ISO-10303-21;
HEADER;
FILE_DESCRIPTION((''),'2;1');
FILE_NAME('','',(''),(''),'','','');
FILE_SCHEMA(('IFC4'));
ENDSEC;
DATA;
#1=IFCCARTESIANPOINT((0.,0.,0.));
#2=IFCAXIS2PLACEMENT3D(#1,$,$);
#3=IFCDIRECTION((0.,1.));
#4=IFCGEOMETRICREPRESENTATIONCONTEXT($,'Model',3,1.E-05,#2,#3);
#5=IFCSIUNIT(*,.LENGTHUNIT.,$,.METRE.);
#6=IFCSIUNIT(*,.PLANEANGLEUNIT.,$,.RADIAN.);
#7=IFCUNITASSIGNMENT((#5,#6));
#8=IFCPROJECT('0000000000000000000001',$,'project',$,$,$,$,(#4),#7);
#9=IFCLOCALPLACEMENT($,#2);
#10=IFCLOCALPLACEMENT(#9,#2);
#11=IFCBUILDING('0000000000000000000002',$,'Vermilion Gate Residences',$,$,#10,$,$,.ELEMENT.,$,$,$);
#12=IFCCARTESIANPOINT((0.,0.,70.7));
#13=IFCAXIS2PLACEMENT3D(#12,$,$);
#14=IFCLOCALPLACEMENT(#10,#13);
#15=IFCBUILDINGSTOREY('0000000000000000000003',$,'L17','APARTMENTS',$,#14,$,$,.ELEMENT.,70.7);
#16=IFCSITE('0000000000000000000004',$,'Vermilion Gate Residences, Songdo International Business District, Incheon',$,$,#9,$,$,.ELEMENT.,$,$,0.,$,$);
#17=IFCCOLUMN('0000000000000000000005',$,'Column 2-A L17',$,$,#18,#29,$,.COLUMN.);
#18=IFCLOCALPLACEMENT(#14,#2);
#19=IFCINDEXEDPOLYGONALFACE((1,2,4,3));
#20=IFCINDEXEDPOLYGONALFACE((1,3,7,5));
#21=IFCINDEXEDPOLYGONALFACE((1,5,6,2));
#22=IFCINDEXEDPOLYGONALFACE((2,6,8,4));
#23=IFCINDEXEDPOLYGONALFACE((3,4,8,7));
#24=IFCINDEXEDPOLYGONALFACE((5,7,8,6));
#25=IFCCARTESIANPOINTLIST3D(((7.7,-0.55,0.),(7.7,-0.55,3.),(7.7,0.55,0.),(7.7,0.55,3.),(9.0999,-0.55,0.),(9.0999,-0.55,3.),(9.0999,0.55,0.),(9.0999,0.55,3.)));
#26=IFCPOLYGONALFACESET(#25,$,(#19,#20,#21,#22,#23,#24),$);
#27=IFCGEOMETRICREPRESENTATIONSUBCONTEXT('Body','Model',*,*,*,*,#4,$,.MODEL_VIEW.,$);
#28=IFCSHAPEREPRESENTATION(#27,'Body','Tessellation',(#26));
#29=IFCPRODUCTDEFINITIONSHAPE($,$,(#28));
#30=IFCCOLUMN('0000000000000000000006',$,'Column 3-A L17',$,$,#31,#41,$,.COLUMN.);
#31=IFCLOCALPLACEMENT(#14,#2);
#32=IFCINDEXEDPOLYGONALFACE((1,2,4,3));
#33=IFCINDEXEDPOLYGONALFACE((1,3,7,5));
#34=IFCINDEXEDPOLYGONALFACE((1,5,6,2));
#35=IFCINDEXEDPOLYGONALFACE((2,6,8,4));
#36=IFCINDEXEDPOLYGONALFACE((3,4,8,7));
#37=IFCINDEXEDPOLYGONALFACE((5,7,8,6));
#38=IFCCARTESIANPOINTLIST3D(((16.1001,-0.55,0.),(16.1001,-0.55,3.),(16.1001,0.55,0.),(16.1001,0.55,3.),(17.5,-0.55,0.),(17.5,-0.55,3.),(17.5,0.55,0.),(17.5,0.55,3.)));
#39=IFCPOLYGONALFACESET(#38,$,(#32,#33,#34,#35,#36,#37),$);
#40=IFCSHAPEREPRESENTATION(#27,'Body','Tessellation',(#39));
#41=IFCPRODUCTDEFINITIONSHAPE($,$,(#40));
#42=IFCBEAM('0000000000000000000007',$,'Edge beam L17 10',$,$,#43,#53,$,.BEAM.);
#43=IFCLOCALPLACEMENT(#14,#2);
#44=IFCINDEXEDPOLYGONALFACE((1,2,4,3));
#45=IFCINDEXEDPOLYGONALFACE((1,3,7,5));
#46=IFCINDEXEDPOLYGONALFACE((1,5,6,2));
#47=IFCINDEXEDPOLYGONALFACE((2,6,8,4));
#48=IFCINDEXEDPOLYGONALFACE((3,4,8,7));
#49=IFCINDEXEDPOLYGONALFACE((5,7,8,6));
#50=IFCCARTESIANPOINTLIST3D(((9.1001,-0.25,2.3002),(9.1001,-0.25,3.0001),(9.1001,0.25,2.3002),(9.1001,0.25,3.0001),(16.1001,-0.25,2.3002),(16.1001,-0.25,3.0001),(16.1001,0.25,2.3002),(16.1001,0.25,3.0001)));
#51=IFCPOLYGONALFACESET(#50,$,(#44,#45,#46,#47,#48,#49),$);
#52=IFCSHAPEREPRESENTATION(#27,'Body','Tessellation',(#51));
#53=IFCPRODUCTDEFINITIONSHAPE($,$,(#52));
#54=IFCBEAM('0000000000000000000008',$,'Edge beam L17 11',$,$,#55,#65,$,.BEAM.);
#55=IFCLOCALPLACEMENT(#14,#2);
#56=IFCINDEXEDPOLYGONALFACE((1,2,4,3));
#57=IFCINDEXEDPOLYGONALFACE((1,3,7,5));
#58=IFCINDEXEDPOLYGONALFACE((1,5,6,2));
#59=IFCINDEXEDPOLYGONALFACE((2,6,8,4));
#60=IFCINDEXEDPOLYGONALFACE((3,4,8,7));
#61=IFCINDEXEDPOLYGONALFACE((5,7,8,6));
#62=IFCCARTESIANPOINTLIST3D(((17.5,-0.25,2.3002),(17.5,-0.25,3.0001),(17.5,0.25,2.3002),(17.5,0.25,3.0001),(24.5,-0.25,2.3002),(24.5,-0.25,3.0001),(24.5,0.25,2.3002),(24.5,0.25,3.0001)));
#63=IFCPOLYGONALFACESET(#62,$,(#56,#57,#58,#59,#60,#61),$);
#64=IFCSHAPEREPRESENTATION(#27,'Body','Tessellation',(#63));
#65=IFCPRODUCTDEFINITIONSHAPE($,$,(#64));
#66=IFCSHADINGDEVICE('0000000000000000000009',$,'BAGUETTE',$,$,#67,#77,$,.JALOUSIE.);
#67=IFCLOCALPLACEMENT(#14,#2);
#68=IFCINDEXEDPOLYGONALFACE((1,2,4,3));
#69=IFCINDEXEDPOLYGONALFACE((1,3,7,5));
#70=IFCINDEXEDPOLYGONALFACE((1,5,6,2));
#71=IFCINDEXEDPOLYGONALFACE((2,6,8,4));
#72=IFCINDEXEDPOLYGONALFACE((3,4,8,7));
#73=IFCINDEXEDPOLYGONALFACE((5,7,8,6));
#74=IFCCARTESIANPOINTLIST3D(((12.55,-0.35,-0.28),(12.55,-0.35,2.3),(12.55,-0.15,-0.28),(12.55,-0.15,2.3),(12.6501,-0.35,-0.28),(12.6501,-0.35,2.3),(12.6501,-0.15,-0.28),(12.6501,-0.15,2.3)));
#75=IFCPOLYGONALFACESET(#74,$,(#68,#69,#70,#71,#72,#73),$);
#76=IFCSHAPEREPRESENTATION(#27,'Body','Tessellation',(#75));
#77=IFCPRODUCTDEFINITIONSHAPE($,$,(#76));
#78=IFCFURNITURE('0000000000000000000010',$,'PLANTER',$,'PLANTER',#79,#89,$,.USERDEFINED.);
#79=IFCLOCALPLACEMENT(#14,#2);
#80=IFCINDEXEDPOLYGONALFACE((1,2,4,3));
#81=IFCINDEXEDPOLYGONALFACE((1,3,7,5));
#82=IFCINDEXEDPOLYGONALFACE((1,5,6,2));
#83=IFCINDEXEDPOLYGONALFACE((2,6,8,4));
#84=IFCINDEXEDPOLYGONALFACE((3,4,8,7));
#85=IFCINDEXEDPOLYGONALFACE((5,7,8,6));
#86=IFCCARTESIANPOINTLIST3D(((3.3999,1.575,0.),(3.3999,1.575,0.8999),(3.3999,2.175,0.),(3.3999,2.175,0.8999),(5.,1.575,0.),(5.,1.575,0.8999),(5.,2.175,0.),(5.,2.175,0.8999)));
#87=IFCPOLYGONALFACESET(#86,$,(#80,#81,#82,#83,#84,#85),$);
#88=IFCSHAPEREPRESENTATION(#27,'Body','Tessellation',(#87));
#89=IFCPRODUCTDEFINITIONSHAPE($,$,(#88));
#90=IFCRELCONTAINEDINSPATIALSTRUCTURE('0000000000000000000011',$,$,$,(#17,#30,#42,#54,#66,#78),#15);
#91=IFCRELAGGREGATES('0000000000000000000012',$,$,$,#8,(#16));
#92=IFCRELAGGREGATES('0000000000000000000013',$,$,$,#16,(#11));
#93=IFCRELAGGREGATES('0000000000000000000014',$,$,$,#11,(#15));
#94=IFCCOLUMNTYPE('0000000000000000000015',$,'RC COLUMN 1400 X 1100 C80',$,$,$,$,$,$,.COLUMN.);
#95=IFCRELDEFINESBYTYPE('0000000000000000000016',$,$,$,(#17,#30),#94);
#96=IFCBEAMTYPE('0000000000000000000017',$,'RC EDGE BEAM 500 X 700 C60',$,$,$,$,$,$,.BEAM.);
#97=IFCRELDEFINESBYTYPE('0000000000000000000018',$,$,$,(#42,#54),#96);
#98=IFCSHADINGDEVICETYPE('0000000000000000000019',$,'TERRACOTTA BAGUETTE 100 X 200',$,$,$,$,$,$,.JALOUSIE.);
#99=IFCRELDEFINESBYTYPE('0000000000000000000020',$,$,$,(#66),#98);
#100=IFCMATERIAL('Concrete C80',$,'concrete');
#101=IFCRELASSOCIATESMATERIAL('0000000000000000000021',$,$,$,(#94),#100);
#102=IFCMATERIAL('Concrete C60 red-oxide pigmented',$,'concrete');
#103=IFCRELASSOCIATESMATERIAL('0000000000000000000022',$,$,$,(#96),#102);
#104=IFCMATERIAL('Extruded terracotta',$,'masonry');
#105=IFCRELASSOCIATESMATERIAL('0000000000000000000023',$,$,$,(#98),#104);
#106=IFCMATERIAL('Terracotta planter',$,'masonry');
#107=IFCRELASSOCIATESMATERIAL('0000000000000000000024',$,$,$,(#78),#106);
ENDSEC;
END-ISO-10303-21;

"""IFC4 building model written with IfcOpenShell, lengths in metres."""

from ifc_helpers import new_model, si_unit, direction, frame, origin, origin_2d, place, context, subcontext, project, spatial, rectangle, extrude, material, material_profile, profile_set, type_object, element, save


model = new_model("IFC4")

# Units and contexts
model_context = context("Model", 3, precision=1e-05, world=origin(), true_north=direction((0.0, 1.0)))
body_context = subcontext(model_context, "Body", "Model", "MODEL_VIEW")
ifc_project = project(units=[si_unit("LENGTHUNIT", "METRE"), si_unit("PLANEANGLEUNIT", "RADIAN")], contexts=[model_context])

# Site, building, storey
site_placement = place(None, origin())
site = spatial("IfcSite", under=ifc_project, at=site_placement, Name="Vermilion Gate Residences, Songdo International Business District, Incheon", CompositionType="ELEMENT", RefElevation=0.0)
building_placement = place(site_placement, origin())
building = spatial("IfcBuilding", under=site, at=building_placement, Name="Vermilion Gate Residences", CompositionType="ELEMENT")
storey_placement = place(building_placement, frame((0.0, 0.0, 70.7)))
storey = spatial("IfcBuildingStorey", under=building, at=storey_placement, Name="L17", Description="APARTMENTS", CompositionType="ELEMENT", Elevation=70.7)

# Columns
ifc_material_1 = material(Name="Concrete C80", Category="concrete")
ifc_material_profile_1 = material_profile(ifc_material_1, rectangle(XDim=1.3999, YDim=1.1001, at=origin_2d()), Name="RC-1400x1100")
ifc_profile_set_1 = profile_set([ifc_material_profile_1], Name="Concrete C80")
column_type = type_object("IfcColumnType", Name="RC COLUMN 1400 X 1100 C80", PredefinedType="COLUMN", material=ifc_profile_set_1)
for number, where, z_axis, x_axis, name in (
    (1, (8.3999, 0.0, 0.0), (0.0, 0.0, 1.0), (1.0, 0.0, 0.0), "Column 2-A L17"),
    (2, (16.8, 0.0, 0.0), (0.0, 0.0, 1.0), (1.0, 0.0, 0.0), "Column 3-A L17"),
):
    element("IfcColumn", number, at=place(storey_placement, frame(where, z_axis=z_axis, x_axis=x_axis)), inside=storey, type_object=column_type, Name=name, PredefinedType="COLUMN", context=body_context, shape_type="SweptSolid", body=[
        extrude(rectangle(XDim=1.3999, YDim=1.1001, at=origin_2d()), origin(), (0.0, 0.0, 1.0), 3.0),
    ])

# Beams
ifc_material_2 = material(Name="Concrete C60 red-oxide pigmented", Category="concrete")
ifc_material_profile_2 = material_profile(ifc_material_2, rectangle(XDim=0.5, YDim=0.7, at=origin_2d()), Name="RC-500x700")
ifc_profile_set_2 = profile_set([ifc_material_profile_2], Name="Concrete C60 red-oxide pigmented")
beam_type = type_object("IfcBeamType", Name="RC EDGE BEAM 500 X 700 C60", PredefinedType="BEAM", material=ifc_profile_set_2)
for number, where, z_axis, x_axis, name in (
    (3, (9.1001, 0.0, 2.6501), (1.0, 0.0, 0.0), (0.0, 1.0, 0.0), "Edge beam L17 10"),
    (4, (17.5, 0.0, 2.6501), (1.0, 0.0, 0.0), (0.0, 1.0, 0.0), "Edge beam L17 11"),
):
    element("IfcBeam", number, at=place(storey_placement, frame(where, z_axis=z_axis, x_axis=x_axis)), inside=storey, type_object=beam_type, Name=name, PredefinedType="BEAM", context=body_context, shape_type="SweptSolid", body=[
        extrude(rectangle(XDim=0.5, YDim=0.7, at=origin_2d()), origin(), (0.0, 0.0, 1.0), 7.0),
    ])

# Shading device
ifc_material_3 = material(Name="Extruded terracotta", Category="masonry")
ifc_material_profile_3 = material_profile(ifc_material_3, rectangle(XDim=0.2, YDim=0.1001, at=origin_2d()), Name="BAGUETTE 100 X 200")
ifc_profile_set_3 = profile_set([ifc_material_profile_3], Name="Extruded terracotta")
shading_device_type = type_object("IfcShadingDeviceType", Name="TERRACOTTA BAGUETTE 100 X 200", PredefinedType="JALOUSIE", material=ifc_profile_set_3)
shading_device_placement = place(storey_placement, frame((12.6001, -0.25, -0.28), z_axis=(0.0, 0.0, 1.0), x_axis=(0.0, 1.0, 0.0)))
element("IfcShadingDevice", 5, at=shading_device_placement, inside=storey, type_object=shading_device_type, Name="BAGUETTE", PredefinedType="JALOUSIE", context=body_context, shape_type="SweptSolid", body=[
    extrude(rectangle(XDim=0.2, YDim=0.1001, at=origin_2d()), origin(), (0.0, 0.0, 1.0), 2.5801),
])

# Furniture
ifc_material_4 = material(Name="Terracotta planter", Category="masonry")
furniture_placement = place(storey_placement, frame((4.2, 1.875, 0.0), z_axis=(0.0, 0.0, 1.0), x_axis=(1.0, 0.0, 0.0)))
element("IfcFurniture", 6, at=furniture_placement, inside=storey, material=ifc_material_4, Name="PLANTER", ObjectType="PLANTER", PredefinedType="USERDEFINED", context=body_context, shape_type="SweptSolid", body=[
    extrude(rectangle(XDim=1.6001, YDim=0.6001, at=origin_2d()), origin(), (0.0, 0.0, 1.0), 0.8999),
])

save(model, "model.ifc")
